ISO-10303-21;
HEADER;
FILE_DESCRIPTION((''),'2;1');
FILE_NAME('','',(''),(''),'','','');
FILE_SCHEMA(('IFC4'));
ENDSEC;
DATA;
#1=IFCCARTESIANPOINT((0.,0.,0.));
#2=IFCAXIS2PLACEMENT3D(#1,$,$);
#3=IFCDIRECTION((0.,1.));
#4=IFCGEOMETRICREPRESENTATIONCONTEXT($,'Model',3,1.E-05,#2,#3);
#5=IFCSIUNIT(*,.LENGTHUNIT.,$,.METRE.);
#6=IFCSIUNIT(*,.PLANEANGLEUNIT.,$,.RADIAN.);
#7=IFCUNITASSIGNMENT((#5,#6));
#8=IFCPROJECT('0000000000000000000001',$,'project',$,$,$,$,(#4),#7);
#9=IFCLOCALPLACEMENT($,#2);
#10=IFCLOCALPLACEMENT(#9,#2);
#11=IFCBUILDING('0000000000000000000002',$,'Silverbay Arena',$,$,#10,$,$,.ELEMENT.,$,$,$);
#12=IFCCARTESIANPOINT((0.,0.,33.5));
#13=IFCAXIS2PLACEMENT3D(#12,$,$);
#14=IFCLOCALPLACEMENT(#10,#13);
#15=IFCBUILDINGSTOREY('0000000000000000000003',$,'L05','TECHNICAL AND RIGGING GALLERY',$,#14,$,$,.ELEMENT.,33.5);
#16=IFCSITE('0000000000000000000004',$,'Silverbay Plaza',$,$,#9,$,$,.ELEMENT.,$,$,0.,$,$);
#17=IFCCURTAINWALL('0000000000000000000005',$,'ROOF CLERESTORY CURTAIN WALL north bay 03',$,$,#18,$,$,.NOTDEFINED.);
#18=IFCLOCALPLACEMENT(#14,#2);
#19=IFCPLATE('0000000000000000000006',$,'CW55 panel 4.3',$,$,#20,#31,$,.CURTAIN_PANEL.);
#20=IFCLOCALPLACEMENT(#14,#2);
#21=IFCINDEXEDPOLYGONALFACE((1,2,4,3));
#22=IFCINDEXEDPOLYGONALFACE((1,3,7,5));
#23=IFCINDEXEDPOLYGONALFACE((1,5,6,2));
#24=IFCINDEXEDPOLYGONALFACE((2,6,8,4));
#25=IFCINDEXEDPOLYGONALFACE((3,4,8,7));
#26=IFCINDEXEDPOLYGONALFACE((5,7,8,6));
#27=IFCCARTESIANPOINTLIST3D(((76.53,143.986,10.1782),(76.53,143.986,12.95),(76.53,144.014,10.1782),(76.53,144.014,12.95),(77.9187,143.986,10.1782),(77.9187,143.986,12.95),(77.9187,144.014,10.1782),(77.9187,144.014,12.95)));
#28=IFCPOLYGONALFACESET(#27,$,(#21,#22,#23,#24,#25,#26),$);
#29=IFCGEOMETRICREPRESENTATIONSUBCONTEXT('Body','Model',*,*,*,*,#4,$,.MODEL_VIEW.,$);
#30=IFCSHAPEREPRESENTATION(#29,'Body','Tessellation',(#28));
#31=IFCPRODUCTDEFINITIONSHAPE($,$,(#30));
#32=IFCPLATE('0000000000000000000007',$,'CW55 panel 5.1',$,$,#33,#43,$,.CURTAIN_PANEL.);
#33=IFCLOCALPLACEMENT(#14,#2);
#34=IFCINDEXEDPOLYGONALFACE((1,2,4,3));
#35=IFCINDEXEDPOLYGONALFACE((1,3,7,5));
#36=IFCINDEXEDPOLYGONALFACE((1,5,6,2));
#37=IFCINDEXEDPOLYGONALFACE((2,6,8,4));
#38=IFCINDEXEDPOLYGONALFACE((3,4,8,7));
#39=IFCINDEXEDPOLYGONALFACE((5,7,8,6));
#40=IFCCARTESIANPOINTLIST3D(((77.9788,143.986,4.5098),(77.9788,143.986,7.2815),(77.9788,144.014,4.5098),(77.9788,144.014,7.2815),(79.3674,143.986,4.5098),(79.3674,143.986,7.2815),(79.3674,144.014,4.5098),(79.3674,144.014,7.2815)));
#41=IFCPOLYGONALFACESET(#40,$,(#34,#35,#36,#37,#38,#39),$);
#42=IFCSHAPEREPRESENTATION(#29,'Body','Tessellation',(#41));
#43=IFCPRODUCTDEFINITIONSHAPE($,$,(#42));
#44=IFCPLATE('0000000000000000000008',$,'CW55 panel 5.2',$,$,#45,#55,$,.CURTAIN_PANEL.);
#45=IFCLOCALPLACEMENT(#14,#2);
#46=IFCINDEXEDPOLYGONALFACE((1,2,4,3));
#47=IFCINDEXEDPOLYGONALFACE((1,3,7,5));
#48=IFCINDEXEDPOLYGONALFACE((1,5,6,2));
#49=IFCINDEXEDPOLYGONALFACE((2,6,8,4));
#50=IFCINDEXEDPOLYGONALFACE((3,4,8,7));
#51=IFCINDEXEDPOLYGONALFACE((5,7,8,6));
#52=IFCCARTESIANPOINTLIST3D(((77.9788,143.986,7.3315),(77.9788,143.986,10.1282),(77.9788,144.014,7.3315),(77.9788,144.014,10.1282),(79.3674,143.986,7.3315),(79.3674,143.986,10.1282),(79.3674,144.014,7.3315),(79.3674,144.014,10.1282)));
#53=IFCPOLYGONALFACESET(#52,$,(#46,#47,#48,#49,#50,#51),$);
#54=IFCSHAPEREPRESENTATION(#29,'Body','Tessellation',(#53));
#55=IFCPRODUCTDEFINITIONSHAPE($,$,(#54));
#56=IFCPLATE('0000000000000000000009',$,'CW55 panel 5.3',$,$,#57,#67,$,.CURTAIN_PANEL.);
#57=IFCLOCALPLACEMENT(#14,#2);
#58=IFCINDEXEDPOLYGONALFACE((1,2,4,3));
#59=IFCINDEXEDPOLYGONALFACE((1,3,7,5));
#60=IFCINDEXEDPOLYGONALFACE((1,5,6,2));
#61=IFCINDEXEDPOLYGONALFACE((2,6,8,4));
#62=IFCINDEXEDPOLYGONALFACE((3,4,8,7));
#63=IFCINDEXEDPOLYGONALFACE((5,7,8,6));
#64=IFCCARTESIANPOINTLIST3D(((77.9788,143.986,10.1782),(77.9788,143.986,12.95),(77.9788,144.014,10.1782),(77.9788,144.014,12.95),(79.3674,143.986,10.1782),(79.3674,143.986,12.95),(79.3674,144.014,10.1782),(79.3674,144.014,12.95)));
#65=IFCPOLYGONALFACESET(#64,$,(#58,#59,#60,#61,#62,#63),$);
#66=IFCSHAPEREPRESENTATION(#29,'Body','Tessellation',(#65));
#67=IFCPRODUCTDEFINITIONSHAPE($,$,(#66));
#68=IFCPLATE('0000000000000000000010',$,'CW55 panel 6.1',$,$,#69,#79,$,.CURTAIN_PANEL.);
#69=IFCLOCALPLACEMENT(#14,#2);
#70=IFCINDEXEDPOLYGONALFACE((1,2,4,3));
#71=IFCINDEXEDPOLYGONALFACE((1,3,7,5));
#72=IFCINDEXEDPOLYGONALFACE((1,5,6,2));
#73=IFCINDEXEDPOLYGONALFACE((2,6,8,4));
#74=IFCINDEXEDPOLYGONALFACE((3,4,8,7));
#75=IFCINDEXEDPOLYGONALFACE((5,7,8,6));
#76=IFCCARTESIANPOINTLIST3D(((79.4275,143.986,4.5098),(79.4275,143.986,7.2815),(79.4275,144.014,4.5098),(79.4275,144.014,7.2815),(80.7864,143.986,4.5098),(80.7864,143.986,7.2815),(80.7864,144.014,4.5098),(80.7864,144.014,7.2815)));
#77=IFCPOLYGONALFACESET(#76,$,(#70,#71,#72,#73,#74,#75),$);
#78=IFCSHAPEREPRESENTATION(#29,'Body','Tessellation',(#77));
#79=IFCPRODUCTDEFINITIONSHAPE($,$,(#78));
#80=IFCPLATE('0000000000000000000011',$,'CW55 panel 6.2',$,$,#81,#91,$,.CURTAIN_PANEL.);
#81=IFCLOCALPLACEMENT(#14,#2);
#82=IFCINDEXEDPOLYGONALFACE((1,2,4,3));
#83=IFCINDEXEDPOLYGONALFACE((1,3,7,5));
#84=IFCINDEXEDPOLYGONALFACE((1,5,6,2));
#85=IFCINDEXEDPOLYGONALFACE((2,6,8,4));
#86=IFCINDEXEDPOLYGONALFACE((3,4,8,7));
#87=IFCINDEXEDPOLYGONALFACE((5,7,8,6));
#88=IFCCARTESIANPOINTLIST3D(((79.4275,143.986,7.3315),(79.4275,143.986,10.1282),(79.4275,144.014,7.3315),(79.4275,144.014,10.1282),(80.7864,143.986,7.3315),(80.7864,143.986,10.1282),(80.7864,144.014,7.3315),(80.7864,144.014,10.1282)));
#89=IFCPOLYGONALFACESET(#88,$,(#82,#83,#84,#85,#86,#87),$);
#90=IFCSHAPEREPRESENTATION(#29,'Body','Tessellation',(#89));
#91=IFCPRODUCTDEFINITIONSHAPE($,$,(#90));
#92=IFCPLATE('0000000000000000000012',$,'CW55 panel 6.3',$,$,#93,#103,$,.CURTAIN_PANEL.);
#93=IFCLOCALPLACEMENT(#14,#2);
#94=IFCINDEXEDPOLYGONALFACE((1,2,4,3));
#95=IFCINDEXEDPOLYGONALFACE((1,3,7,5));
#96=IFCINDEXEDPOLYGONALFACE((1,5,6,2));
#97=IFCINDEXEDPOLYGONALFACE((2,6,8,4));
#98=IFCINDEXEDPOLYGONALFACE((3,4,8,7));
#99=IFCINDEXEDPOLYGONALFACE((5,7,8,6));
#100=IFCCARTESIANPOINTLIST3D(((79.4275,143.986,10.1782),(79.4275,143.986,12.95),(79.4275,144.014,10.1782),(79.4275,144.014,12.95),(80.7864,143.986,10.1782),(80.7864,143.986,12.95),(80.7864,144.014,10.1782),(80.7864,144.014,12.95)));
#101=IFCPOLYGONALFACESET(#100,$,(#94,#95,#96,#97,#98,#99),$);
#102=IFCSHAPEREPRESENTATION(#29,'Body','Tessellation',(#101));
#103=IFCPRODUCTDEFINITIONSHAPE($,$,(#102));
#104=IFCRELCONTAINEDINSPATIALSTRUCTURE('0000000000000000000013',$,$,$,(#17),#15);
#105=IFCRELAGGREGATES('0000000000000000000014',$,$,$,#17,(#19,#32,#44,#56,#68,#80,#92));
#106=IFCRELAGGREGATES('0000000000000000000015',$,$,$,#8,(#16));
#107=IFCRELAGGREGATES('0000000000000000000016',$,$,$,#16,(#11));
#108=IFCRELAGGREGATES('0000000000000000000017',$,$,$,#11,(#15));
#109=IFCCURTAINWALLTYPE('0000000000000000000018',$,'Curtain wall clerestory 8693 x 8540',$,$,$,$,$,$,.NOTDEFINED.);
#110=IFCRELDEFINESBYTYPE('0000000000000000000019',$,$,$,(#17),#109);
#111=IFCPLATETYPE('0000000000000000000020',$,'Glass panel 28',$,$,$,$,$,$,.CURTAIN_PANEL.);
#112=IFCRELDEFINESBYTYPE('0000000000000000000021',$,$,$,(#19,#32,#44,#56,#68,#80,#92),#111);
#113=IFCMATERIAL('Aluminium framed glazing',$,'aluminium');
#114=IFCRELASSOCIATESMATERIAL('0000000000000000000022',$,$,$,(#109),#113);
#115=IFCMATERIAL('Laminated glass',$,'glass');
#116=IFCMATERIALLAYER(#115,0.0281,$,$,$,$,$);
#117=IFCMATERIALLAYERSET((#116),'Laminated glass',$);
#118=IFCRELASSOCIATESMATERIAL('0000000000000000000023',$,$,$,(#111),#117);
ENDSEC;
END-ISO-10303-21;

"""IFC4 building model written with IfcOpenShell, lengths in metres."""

from ifc_helpers import new_model, si_unit, direction, frame, origin, origin_2d, place, context, subcontext, project, spatial, rectangle, extrude, material, layer, layer_set, type_object, element, aggregate, save


model = new_model("IFC4")

# Units and contexts
model_context = context("Model", 3, precision=1e-05, world=origin(), true_north=direction((0.0, 1.0)))
body_context = subcontext(model_context, "Body", "Model", "MODEL_VIEW")
ifc_project = project(units=[si_unit("LENGTHUNIT", "METRE"), si_unit("PLANEANGLEUNIT", "RADIAN")], contexts=[model_context])

# Site, building, storey
site_placement = place(None, origin())
site = spatial("IfcSite", under=ifc_project, at=site_placement, Name="Silverbay Plaza", CompositionType="ELEMENT", RefElevation=0.0)
building_placement = place(site_placement, origin())
building = spatial("IfcBuilding", under=site, at=building_placement, Name="Silverbay Arena", CompositionType="ELEMENT")
storey_placement = place(building_placement, frame((0.0, 0.0, 33.5)))
storey = spatial("IfcBuildingStorey", under=building, at=storey_placement, Name="L05", Description="TECHNICAL AND RIGGING GALLERY", CompositionType="ELEMENT", Elevation=33.5)

# Curtain wall, plates
ifc_material_1 = material(Name="Aluminium framed glazing", Category="aluminium")
curtain_wall_type = type_object("IfcCurtainWallType", Name="Curtain wall clerestory 8693 x 8540", PredefinedType="NOTDEFINED", material=ifc_material_1)
curtain_wall_placement = place(storey_placement, origin())
curtain_wall = element("IfcCurtainWall", 1, at=curtain_wall_placement, inside=storey, type_object=curtain_wall_type, Name="ROOF CLERESTORY CURTAIN WALL north bay 03", PredefinedType="NOTDEFINED")
ifc_material_2 = material(Name="Laminated glass", Category="glass")
ifc_layer = layer(ifc_material_2, 0.0281)
ifc_layer_set = layer_set([ifc_layer], Name="Laminated glass")
plate_type = type_object("IfcPlateType", Name="Glass panel 28", PredefinedType="CURTAIN_PANEL", material=ifc_layer_set)
plate_1_placement = place(storey_placement, frame((77.2244, 144.0, 10.1782), z_axis=(0.0, 0.0, 1.0), x_axis=(1.0, 0.0, 0.0)))
plate_1 = element("IfcPlate", 2, at=plate_1_placement, type_object=plate_type, Name="CW55 panel 4.3", PredefinedType="CURTAIN_PANEL", context=body_context, shape_type="SweptSolid", body=[
    extrude(rectangle(XDim=1.3887, YDim=0.0281, at=origin_2d()), origin(), (0.0, 0.0, 1.0), 2.7717),
])
plate_2_placement = place(storey_placement, frame((78.6731, 144.0, 4.5098), z_axis=(0.0, 0.0, 1.0), x_axis=(1.0, 0.0, 0.0)))
plate_2 = element("IfcPlate", 3, at=plate_2_placement, type_object=plate_type, Name="CW55 panel 5.1", PredefinedType="CURTAIN_PANEL", context=body_context, shape_type="SweptSolid", body=[
    extrude(rectangle(XDim=1.3887, YDim=0.0281, at=origin_2d()), origin(), (0.0, 0.0, 1.0), 2.7717),
])
plate_3_placement = place(storey_placement, frame((78.6731, 144.0, 7.3315), z_axis=(0.0, 0.0, 1.0), x_axis=(1.0, 0.0, 0.0)))
plate_3 = element("IfcPlate", 4, at=plate_3_placement, type_object=plate_type, Name="CW55 panel 5.2", PredefinedType="CURTAIN_PANEL", context=body_context, shape_type="SweptSolid", body=[
    extrude(rectangle(XDim=1.3887, YDim=0.0281, at=origin_2d()), origin(), (0.0, 0.0, 1.0), 2.7966),
])
plate_4_placement = place(storey_placement, frame((78.6731, 144.0, 10.1782), z_axis=(0.0, 0.0, 1.0), x_axis=(1.0, 0.0, 0.0)))
plate_4 = element("IfcPlate", 5, at=plate_4_placement, type_object=plate_type, Name="CW55 panel 5.3", PredefinedType="CURTAIN_PANEL", context=body_context, shape_type="SweptSolid", body=[
    extrude(rectangle(XDim=1.3887, YDim=0.0281, at=origin_2d()), origin(), (0.0, 0.0, 1.0), 2.7717),
])
plate_5_placement = place(storey_placement, frame((80.1069, 144.0, 4.5098), z_axis=(0.0, 0.0, 1.0), x_axis=(1.0, 0.0, 0.0)))
plate_5 = element("IfcPlate", 6, at=plate_5_placement, type_object=plate_type, Name="CW55 panel 6.1", PredefinedType="CURTAIN_PANEL", context=body_context, shape_type="SweptSolid", body=[
    extrude(rectangle(XDim=1.3589, YDim=0.0281, at=origin_2d()), origin(), (0.0, 0.0, 1.0), 2.7717),
])
plate_6_placement = place(storey_placement, frame((80.1069, 144.0, 7.3315), z_axis=(0.0, 0.0, 1.0), x_axis=(1.0, 0.0, 0.0)))
plate_6 = element("IfcPlate", 7, at=plate_6_placement, type_object=plate_type, Name="CW55 panel 6.2", PredefinedType="CURTAIN_PANEL", context=body_context, shape_type="SweptSolid", body=[
    extrude(rectangle(XDim=1.3589, YDim=0.0281, at=origin_2d()), origin(), (0.0, 0.0, 1.0), 2.7966),
])
plate_7_placement = place(storey_placement, frame((80.1069, 144.0, 10.1782), z_axis=(0.0, 0.0, 1.0), x_axis=(1.0, 0.0, 0.0)))
plate_7 = element("IfcPlate", 8, at=plate_7_placement, type_object=plate_type, Name="CW55 panel 6.3", PredefinedType="CURTAIN_PANEL", context=body_context, shape_type="SweptSolid", body=[
    extrude(rectangle(XDim=1.3589, YDim=0.0281, at=origin_2d()), origin(), (0.0, 0.0, 1.0), 2.7717),
])
aggregate(curtain_wall, [plate_1, plate_2, plate_3, plate_4, plate_5, plate_6, plate_7])

save(model, "model.ifc")
